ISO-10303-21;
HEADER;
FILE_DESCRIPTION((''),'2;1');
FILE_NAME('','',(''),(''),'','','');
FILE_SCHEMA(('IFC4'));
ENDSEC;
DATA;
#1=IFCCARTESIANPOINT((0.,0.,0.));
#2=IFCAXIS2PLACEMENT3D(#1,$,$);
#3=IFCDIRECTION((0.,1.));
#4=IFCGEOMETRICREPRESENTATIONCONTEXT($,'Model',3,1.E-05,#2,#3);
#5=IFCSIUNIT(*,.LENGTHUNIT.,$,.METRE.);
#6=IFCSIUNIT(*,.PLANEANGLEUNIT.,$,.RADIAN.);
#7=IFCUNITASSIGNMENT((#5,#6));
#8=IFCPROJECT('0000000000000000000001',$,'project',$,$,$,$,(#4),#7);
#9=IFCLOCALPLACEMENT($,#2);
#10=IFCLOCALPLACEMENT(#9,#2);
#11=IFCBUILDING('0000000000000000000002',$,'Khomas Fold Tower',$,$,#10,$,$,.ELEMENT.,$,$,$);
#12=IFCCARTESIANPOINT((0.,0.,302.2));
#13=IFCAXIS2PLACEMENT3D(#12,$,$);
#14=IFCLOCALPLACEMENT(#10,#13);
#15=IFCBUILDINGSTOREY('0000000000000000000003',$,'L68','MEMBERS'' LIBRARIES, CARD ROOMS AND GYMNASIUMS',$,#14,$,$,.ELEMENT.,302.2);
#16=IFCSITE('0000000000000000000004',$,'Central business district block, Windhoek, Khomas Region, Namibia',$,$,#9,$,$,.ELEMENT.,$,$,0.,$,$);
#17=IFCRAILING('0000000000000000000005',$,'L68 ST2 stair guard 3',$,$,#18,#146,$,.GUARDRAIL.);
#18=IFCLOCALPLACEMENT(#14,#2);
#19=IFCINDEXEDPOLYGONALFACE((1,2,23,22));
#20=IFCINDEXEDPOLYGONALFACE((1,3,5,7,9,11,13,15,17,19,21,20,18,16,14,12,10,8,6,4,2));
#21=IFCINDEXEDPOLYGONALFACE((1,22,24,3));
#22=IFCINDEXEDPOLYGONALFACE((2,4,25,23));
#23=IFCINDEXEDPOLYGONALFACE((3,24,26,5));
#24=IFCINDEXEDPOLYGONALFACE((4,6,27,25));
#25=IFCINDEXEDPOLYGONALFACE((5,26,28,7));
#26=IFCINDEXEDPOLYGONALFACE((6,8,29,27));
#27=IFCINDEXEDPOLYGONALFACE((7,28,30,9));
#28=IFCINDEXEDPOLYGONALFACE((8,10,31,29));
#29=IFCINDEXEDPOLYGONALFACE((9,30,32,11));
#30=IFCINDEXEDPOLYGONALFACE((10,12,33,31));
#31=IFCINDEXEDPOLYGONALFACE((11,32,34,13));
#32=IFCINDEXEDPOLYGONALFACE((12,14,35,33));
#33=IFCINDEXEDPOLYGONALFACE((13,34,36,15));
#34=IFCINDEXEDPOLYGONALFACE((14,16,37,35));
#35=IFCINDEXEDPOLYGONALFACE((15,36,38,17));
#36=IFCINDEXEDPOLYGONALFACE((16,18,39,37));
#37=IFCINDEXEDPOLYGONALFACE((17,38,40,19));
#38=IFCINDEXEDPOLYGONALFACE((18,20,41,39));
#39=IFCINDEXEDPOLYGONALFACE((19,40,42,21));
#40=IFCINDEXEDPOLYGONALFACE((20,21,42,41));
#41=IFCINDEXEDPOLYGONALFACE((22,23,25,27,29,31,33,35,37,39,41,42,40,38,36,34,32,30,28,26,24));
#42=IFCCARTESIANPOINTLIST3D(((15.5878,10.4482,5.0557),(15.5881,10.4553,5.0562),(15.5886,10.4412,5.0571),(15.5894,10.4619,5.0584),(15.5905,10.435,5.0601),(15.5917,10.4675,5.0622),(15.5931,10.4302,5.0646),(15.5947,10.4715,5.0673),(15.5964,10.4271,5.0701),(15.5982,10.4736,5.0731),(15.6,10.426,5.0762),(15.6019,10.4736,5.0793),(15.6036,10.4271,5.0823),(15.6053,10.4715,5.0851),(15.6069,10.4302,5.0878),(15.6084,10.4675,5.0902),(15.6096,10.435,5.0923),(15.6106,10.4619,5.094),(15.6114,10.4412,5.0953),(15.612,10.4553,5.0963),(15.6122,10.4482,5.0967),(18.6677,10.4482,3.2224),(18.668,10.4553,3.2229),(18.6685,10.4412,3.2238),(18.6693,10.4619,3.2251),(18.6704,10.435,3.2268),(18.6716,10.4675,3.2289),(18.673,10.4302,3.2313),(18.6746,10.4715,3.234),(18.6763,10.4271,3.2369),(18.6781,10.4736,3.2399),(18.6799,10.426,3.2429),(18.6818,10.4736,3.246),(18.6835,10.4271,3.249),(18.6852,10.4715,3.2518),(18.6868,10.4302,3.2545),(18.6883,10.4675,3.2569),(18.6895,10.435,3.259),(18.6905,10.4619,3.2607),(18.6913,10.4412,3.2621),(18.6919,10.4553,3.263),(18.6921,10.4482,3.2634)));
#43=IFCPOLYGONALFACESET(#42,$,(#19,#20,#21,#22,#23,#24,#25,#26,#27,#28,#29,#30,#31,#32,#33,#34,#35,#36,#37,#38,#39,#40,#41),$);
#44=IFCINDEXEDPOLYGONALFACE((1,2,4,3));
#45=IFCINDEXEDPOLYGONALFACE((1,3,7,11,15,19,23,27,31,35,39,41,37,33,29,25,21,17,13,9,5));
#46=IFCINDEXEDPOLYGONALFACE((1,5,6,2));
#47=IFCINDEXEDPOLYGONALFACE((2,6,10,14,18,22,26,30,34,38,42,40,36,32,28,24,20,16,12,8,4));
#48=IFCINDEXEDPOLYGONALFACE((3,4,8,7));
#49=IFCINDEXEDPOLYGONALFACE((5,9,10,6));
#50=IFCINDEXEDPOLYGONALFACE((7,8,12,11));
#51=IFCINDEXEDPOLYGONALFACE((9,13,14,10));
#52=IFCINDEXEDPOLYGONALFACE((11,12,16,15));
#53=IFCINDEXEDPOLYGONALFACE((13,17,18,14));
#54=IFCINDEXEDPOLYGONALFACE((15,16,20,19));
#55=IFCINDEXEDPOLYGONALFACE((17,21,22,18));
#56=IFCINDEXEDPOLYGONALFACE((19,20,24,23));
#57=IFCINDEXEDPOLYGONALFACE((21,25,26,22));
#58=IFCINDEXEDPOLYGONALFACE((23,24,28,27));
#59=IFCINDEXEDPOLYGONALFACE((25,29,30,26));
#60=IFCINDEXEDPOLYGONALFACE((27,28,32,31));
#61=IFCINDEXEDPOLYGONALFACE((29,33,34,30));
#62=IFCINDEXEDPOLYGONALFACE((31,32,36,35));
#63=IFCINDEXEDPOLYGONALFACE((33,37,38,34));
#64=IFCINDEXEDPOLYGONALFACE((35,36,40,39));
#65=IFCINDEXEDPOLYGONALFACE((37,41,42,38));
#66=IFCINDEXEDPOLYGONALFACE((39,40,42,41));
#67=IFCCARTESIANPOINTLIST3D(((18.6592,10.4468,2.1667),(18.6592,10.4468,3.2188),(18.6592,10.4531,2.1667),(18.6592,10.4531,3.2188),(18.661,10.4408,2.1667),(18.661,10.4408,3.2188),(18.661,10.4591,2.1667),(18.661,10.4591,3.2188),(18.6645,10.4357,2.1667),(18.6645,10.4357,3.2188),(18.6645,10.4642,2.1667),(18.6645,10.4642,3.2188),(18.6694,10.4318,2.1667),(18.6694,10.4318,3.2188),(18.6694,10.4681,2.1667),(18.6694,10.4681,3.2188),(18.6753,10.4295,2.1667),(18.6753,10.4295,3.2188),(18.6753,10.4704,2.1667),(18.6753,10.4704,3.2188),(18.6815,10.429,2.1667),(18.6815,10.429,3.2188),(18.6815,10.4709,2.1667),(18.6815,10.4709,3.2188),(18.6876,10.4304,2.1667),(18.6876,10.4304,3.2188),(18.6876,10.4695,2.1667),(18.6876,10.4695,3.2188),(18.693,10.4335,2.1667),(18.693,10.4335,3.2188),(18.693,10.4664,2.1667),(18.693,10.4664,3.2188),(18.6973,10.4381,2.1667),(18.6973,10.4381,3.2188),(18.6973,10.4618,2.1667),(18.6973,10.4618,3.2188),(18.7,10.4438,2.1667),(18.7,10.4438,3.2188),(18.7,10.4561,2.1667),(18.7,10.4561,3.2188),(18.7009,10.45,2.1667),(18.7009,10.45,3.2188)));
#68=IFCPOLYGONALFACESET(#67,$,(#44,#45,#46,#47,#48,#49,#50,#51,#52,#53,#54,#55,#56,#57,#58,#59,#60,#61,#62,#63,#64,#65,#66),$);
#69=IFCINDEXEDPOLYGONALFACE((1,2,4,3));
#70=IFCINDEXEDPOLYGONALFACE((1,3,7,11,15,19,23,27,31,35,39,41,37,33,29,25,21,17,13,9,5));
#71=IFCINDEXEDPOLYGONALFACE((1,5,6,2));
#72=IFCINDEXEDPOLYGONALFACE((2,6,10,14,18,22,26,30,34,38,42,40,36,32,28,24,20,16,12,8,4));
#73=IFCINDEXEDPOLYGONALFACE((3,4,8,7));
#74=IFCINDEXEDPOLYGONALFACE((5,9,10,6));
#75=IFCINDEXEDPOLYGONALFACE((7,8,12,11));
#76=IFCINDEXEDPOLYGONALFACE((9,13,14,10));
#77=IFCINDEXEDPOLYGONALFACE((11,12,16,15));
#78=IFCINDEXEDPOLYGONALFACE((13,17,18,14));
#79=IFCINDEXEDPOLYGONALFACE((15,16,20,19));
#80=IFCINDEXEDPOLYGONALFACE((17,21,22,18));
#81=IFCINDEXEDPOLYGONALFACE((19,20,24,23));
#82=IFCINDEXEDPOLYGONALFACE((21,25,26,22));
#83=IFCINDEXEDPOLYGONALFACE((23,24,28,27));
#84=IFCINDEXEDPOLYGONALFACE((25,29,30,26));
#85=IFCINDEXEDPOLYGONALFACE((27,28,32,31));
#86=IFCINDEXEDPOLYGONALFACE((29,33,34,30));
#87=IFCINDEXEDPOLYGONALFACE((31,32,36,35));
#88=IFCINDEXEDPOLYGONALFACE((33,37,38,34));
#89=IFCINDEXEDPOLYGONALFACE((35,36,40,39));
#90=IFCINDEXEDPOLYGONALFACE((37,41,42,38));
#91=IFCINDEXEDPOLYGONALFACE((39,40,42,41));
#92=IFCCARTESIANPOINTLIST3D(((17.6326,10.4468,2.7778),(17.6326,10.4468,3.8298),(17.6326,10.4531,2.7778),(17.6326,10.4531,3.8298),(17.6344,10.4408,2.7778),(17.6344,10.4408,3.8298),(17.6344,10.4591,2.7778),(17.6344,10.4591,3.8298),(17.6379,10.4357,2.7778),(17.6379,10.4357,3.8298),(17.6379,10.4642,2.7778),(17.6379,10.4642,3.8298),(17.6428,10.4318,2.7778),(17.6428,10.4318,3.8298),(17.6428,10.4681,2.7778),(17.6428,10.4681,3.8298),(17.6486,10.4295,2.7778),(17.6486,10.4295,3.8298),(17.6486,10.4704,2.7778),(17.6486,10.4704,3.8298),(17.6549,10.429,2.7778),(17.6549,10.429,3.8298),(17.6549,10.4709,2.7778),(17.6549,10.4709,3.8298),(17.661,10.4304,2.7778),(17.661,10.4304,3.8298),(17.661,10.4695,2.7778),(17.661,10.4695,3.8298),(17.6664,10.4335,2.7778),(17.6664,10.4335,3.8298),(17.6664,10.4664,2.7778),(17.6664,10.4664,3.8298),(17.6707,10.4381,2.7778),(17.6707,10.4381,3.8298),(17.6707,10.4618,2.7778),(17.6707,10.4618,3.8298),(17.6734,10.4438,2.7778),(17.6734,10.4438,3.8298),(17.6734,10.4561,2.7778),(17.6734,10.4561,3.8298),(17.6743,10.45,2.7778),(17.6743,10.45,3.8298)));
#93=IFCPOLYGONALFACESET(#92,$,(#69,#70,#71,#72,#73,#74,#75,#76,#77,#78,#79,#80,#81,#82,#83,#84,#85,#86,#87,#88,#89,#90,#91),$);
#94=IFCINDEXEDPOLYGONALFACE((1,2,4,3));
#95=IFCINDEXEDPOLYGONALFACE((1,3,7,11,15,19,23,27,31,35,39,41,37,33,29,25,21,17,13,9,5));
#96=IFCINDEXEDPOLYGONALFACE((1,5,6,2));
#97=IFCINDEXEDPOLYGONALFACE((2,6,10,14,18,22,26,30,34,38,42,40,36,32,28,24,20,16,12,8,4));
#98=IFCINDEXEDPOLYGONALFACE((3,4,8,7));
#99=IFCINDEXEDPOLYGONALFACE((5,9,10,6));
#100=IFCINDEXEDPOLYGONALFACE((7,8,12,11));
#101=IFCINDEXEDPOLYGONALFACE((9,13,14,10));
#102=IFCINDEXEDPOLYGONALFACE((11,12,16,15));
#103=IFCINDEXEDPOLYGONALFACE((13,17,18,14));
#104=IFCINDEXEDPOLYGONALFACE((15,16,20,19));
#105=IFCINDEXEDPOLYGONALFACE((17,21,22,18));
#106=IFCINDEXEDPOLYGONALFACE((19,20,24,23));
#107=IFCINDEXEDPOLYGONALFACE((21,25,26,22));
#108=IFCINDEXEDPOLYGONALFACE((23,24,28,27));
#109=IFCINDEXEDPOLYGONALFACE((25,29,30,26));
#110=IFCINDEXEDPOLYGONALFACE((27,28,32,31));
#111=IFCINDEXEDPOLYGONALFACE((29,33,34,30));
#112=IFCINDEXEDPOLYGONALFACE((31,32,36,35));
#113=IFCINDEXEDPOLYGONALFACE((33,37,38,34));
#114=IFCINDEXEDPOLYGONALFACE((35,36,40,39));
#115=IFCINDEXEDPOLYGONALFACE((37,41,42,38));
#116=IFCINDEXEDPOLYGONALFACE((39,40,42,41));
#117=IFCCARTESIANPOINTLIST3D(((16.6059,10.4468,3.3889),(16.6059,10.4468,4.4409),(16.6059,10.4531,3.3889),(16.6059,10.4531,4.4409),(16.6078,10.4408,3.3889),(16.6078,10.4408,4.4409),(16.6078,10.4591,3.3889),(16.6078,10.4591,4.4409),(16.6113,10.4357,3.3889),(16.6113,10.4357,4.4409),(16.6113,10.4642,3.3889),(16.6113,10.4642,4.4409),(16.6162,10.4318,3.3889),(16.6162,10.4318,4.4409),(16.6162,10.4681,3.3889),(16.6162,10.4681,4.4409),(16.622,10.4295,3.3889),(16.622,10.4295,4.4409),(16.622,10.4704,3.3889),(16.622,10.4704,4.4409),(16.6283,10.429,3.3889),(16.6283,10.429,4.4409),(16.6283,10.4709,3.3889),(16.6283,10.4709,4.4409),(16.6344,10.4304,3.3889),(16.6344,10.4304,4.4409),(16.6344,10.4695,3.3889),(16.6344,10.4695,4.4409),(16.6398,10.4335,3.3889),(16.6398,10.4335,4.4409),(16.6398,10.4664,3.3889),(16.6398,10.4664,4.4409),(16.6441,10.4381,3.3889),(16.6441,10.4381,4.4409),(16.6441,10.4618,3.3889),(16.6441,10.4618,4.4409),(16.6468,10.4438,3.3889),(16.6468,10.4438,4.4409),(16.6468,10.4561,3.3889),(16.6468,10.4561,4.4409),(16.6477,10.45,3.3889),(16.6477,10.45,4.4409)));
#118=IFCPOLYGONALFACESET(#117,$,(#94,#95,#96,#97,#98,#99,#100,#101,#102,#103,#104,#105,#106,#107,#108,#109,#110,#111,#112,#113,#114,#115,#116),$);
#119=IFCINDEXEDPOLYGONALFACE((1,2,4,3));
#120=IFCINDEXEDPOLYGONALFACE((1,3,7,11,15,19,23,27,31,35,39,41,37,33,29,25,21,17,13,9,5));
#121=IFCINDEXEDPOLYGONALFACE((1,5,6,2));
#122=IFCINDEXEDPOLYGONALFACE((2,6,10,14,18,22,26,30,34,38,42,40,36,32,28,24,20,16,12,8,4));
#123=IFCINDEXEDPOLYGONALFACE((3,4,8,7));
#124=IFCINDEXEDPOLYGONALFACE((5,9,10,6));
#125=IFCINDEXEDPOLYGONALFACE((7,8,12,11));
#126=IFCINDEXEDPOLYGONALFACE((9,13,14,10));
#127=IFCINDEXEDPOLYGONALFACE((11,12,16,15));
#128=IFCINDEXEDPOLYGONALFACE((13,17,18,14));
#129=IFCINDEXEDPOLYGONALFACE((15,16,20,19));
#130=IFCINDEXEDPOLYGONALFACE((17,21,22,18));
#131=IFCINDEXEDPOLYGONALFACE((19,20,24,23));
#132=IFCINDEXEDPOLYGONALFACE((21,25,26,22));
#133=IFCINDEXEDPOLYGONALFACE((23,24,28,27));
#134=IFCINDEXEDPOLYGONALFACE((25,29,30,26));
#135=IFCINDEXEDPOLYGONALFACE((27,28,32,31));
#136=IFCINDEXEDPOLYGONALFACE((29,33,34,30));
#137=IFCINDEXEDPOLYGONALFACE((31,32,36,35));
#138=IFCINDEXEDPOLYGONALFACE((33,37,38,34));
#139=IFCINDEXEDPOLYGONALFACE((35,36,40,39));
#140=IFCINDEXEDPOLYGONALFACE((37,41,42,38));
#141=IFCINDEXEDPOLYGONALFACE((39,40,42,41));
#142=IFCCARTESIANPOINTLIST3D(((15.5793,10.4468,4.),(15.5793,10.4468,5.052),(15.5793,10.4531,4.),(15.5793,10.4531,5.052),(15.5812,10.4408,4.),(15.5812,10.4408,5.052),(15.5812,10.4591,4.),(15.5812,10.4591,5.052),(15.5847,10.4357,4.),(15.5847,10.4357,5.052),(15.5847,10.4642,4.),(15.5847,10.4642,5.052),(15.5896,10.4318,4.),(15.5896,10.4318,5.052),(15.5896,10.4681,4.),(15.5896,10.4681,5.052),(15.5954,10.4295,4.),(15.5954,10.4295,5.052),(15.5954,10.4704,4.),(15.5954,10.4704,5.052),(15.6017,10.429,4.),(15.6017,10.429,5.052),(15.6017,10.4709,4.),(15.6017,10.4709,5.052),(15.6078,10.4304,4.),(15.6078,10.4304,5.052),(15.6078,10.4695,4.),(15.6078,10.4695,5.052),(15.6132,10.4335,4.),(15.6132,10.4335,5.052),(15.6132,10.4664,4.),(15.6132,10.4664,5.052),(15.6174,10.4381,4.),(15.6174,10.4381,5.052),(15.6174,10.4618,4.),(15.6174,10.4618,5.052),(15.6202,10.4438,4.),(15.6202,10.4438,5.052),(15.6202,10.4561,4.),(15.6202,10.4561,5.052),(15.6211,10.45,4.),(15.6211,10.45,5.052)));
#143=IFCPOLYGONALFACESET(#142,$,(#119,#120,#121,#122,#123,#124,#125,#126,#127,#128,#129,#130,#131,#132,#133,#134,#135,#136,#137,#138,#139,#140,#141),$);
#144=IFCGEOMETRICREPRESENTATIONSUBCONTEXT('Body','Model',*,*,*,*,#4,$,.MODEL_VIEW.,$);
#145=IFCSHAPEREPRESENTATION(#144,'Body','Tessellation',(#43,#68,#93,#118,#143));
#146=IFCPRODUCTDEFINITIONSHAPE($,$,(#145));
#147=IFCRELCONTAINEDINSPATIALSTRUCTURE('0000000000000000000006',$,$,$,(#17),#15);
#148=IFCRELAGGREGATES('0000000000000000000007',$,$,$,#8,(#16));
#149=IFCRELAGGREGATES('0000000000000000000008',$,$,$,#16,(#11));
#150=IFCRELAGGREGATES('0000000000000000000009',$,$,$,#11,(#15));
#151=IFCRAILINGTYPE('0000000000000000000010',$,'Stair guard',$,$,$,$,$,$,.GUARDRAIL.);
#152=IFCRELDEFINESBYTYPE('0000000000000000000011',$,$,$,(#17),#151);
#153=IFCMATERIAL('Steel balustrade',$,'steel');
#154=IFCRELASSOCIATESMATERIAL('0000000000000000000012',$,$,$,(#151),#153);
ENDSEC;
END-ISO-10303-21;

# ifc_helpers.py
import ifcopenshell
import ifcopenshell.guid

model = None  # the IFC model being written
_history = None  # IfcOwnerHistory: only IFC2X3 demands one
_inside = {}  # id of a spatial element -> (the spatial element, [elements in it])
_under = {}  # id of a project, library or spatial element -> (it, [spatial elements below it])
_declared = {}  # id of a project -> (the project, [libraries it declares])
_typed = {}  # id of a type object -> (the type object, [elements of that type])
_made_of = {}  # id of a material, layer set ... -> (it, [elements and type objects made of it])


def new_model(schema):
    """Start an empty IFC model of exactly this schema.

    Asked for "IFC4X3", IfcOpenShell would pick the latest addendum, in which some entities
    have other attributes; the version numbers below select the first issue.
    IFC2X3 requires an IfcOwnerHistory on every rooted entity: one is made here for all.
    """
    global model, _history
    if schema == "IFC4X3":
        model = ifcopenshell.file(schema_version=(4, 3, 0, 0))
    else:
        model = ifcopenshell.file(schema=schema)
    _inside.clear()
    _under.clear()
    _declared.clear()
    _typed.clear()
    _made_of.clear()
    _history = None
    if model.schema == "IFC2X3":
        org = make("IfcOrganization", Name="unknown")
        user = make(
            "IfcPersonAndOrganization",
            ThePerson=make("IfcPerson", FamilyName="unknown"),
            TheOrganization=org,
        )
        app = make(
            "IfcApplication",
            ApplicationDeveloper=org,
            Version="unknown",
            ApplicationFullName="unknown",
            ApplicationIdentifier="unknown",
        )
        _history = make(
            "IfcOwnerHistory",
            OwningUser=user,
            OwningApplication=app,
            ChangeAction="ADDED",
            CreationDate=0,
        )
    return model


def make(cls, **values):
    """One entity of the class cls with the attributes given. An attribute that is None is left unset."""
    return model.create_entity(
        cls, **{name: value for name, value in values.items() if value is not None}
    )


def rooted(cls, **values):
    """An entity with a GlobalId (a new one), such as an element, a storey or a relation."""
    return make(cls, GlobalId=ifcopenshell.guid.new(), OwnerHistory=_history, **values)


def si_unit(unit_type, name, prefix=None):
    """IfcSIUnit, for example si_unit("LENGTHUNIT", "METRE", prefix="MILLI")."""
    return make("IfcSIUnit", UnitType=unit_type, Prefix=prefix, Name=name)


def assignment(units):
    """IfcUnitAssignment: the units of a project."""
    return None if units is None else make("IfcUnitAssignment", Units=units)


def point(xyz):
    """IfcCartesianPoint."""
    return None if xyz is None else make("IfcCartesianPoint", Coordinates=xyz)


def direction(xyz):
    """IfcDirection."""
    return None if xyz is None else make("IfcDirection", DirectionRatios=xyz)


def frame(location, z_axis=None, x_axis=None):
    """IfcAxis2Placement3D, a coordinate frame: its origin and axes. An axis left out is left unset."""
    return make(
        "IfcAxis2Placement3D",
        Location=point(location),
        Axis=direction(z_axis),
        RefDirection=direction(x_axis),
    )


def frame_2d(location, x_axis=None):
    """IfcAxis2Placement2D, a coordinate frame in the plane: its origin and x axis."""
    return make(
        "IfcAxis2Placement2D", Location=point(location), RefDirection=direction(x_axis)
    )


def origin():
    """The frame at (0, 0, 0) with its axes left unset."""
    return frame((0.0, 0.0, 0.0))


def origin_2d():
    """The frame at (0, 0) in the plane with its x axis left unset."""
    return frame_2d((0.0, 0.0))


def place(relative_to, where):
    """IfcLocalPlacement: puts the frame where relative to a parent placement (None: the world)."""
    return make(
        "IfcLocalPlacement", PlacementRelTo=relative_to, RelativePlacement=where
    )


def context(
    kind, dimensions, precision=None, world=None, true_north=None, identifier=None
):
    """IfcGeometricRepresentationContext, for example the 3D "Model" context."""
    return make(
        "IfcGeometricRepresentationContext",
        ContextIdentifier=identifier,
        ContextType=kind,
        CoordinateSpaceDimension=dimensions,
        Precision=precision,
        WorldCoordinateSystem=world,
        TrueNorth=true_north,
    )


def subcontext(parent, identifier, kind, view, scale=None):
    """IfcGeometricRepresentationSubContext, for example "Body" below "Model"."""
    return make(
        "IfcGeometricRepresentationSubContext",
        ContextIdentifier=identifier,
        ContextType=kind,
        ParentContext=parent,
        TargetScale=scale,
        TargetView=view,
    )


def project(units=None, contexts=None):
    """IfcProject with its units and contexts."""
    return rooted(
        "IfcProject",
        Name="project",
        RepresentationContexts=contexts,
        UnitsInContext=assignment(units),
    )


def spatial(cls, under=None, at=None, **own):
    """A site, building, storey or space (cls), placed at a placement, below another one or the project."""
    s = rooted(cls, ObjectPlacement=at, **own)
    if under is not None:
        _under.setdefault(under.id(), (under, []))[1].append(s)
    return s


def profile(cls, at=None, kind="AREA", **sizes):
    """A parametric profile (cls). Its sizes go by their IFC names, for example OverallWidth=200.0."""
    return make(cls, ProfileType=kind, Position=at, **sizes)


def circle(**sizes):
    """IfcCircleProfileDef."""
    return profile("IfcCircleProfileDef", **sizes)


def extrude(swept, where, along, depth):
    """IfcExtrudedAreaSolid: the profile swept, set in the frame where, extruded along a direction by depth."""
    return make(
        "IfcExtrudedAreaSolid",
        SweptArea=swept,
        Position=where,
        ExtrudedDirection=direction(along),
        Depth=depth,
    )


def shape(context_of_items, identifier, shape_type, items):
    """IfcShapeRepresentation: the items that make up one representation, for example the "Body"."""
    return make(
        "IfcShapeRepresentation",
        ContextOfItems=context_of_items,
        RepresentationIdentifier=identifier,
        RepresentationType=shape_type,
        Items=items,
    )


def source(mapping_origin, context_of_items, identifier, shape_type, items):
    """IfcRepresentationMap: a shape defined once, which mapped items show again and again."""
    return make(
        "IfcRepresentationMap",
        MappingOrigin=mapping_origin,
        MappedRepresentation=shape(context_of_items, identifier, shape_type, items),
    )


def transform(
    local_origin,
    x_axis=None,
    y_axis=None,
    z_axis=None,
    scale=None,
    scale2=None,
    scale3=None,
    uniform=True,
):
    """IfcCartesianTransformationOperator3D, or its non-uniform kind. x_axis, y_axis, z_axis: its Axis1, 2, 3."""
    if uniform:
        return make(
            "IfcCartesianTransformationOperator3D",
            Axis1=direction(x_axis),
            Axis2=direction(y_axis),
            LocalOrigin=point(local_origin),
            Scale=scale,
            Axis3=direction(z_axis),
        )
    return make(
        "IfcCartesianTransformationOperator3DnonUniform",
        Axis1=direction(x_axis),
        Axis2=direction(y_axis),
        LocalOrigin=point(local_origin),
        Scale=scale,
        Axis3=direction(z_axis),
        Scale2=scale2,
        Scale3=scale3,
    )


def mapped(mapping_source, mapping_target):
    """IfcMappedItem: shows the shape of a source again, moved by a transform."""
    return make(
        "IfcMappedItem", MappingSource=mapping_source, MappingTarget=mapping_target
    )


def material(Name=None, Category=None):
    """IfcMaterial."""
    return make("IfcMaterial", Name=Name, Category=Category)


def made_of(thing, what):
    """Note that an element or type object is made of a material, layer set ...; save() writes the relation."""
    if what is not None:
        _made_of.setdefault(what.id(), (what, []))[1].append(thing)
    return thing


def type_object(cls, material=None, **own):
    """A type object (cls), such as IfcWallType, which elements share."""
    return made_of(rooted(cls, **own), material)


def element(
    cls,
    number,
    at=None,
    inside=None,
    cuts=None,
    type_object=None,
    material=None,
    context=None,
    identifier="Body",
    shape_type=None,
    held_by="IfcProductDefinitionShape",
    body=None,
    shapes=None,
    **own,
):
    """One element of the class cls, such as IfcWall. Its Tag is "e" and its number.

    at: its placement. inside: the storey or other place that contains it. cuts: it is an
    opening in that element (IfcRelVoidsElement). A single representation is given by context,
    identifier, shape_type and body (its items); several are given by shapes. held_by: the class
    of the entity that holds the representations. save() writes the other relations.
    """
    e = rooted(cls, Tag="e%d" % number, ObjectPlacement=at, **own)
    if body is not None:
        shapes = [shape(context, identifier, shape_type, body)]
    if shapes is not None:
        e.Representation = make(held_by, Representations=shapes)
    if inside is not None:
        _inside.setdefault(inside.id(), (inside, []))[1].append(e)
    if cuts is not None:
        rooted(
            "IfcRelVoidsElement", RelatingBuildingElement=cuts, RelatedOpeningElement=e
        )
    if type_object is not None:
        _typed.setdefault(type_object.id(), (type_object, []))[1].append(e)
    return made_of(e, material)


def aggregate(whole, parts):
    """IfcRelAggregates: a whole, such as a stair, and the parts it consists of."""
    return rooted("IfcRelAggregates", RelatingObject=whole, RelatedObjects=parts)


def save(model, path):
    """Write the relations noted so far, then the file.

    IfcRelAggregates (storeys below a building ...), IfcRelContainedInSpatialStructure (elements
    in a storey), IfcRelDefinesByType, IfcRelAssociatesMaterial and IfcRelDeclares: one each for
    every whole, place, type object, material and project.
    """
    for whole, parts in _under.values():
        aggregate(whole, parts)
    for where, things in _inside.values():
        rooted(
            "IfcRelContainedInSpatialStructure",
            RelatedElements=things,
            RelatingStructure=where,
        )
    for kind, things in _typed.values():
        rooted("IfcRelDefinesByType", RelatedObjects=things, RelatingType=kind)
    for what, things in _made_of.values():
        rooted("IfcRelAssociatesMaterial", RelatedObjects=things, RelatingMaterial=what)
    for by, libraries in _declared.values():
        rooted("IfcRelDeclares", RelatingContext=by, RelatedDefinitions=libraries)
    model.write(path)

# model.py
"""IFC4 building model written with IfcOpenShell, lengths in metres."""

from ifc_helpers import new_model, si_unit, direction, frame, origin, origin_2d, place, context, subcontext, project, spatial, circle, extrude, source, transform, mapped, material, type_object, element, save


model = new_model("IFC4")

# Units and contexts
model_context = context("Model", 3, precision=1e-05, world=origin(), true_north=direction((0.0, 1.0)))
body_context = subcontext(model_context, "Body", "Model", "MODEL_VIEW")
ifc_project = project(units=[si_unit("LENGTHUNIT", "METRE"), si_unit("PLANEANGLEUNIT", "RADIAN")], contexts=[model_context])

# Site, building, storey
site_placement = place(None, origin())
site = spatial("IfcSite", under=ifc_project, at=site_placement, Name="Central business district block, Windhoek, Khomas Region, Namibia", CompositionType="ELEMENT", RefElevation=0.0)
building_placement = place(site_placement, origin())
building = spatial("IfcBuilding", under=site, at=building_placement, Name="Khomas Fold Tower", CompositionType="ELEMENT")
storey_placement = place(building_placement, frame((0.0, 0.0, 302.2)))
storey = spatial("IfcBuildingStorey", under=building, at=storey_placement, Name="L68", Description="MEMBERS' LIBRARIES, CARD ROOMS AND GYMNASIUMS", CompositionType="ELEMENT", Elevation=302.2)

# Railing
ifc_material_1 = material(Name="Steel balustrade", Category="steel")
railing_type_1 = type_object("IfcRailingType", Name="Stair guard", PredefinedType="GUARDRAIL", material=ifc_material_1)
shared_shape_1 = source(origin(), body_context, "Body", "SweptSolid", [
    extrude(circle(Radius=0.0239, at=origin_2d()), frame((0.0, 0.0, 1.0762), z_axis=(-0.859291, 0.0, 0.511487), x_axis=(0.0, -1.0, 0.0)), (0.0, 0.0, 1.0), 3.5842),
    extrude(circle(Radius=0.021, at=origin_2d()), origin(), (0.0, 0.0, 1.0), 1.052),
    extrude(circle(Radius=0.021, at=origin_2d()), frame((-1.0266, 0.0, 0.6111)), (0.0, 0.0, 1.0), 1.052),
    extrude(circle(Radius=0.021, at=origin_2d()), frame((-2.0532, 0.0, 1.2222)), (0.0, 0.0, 1.0), 1.052),
    extrude(circle(Radius=0.021, at=origin_2d()), frame((-3.0798, 0.0, 1.8333)), (0.0, 0.0, 1.0), 1.052),
])
railing_1_placement = place(storey_placement, frame((18.6799, 10.45, 2.1667)))
element("IfcRailing", 1, at=railing_1_placement, inside=storey, type_object=railing_type_1, Name="L68 ST2 stair guard 3", PredefinedType="GUARDRAIL", context=body_context, shape_type="MappedRepresentation", body=[
    mapped(shared_shape_1, transform((0.0, 0.0, 0.0))),
])

save(model, "model.ifc")
